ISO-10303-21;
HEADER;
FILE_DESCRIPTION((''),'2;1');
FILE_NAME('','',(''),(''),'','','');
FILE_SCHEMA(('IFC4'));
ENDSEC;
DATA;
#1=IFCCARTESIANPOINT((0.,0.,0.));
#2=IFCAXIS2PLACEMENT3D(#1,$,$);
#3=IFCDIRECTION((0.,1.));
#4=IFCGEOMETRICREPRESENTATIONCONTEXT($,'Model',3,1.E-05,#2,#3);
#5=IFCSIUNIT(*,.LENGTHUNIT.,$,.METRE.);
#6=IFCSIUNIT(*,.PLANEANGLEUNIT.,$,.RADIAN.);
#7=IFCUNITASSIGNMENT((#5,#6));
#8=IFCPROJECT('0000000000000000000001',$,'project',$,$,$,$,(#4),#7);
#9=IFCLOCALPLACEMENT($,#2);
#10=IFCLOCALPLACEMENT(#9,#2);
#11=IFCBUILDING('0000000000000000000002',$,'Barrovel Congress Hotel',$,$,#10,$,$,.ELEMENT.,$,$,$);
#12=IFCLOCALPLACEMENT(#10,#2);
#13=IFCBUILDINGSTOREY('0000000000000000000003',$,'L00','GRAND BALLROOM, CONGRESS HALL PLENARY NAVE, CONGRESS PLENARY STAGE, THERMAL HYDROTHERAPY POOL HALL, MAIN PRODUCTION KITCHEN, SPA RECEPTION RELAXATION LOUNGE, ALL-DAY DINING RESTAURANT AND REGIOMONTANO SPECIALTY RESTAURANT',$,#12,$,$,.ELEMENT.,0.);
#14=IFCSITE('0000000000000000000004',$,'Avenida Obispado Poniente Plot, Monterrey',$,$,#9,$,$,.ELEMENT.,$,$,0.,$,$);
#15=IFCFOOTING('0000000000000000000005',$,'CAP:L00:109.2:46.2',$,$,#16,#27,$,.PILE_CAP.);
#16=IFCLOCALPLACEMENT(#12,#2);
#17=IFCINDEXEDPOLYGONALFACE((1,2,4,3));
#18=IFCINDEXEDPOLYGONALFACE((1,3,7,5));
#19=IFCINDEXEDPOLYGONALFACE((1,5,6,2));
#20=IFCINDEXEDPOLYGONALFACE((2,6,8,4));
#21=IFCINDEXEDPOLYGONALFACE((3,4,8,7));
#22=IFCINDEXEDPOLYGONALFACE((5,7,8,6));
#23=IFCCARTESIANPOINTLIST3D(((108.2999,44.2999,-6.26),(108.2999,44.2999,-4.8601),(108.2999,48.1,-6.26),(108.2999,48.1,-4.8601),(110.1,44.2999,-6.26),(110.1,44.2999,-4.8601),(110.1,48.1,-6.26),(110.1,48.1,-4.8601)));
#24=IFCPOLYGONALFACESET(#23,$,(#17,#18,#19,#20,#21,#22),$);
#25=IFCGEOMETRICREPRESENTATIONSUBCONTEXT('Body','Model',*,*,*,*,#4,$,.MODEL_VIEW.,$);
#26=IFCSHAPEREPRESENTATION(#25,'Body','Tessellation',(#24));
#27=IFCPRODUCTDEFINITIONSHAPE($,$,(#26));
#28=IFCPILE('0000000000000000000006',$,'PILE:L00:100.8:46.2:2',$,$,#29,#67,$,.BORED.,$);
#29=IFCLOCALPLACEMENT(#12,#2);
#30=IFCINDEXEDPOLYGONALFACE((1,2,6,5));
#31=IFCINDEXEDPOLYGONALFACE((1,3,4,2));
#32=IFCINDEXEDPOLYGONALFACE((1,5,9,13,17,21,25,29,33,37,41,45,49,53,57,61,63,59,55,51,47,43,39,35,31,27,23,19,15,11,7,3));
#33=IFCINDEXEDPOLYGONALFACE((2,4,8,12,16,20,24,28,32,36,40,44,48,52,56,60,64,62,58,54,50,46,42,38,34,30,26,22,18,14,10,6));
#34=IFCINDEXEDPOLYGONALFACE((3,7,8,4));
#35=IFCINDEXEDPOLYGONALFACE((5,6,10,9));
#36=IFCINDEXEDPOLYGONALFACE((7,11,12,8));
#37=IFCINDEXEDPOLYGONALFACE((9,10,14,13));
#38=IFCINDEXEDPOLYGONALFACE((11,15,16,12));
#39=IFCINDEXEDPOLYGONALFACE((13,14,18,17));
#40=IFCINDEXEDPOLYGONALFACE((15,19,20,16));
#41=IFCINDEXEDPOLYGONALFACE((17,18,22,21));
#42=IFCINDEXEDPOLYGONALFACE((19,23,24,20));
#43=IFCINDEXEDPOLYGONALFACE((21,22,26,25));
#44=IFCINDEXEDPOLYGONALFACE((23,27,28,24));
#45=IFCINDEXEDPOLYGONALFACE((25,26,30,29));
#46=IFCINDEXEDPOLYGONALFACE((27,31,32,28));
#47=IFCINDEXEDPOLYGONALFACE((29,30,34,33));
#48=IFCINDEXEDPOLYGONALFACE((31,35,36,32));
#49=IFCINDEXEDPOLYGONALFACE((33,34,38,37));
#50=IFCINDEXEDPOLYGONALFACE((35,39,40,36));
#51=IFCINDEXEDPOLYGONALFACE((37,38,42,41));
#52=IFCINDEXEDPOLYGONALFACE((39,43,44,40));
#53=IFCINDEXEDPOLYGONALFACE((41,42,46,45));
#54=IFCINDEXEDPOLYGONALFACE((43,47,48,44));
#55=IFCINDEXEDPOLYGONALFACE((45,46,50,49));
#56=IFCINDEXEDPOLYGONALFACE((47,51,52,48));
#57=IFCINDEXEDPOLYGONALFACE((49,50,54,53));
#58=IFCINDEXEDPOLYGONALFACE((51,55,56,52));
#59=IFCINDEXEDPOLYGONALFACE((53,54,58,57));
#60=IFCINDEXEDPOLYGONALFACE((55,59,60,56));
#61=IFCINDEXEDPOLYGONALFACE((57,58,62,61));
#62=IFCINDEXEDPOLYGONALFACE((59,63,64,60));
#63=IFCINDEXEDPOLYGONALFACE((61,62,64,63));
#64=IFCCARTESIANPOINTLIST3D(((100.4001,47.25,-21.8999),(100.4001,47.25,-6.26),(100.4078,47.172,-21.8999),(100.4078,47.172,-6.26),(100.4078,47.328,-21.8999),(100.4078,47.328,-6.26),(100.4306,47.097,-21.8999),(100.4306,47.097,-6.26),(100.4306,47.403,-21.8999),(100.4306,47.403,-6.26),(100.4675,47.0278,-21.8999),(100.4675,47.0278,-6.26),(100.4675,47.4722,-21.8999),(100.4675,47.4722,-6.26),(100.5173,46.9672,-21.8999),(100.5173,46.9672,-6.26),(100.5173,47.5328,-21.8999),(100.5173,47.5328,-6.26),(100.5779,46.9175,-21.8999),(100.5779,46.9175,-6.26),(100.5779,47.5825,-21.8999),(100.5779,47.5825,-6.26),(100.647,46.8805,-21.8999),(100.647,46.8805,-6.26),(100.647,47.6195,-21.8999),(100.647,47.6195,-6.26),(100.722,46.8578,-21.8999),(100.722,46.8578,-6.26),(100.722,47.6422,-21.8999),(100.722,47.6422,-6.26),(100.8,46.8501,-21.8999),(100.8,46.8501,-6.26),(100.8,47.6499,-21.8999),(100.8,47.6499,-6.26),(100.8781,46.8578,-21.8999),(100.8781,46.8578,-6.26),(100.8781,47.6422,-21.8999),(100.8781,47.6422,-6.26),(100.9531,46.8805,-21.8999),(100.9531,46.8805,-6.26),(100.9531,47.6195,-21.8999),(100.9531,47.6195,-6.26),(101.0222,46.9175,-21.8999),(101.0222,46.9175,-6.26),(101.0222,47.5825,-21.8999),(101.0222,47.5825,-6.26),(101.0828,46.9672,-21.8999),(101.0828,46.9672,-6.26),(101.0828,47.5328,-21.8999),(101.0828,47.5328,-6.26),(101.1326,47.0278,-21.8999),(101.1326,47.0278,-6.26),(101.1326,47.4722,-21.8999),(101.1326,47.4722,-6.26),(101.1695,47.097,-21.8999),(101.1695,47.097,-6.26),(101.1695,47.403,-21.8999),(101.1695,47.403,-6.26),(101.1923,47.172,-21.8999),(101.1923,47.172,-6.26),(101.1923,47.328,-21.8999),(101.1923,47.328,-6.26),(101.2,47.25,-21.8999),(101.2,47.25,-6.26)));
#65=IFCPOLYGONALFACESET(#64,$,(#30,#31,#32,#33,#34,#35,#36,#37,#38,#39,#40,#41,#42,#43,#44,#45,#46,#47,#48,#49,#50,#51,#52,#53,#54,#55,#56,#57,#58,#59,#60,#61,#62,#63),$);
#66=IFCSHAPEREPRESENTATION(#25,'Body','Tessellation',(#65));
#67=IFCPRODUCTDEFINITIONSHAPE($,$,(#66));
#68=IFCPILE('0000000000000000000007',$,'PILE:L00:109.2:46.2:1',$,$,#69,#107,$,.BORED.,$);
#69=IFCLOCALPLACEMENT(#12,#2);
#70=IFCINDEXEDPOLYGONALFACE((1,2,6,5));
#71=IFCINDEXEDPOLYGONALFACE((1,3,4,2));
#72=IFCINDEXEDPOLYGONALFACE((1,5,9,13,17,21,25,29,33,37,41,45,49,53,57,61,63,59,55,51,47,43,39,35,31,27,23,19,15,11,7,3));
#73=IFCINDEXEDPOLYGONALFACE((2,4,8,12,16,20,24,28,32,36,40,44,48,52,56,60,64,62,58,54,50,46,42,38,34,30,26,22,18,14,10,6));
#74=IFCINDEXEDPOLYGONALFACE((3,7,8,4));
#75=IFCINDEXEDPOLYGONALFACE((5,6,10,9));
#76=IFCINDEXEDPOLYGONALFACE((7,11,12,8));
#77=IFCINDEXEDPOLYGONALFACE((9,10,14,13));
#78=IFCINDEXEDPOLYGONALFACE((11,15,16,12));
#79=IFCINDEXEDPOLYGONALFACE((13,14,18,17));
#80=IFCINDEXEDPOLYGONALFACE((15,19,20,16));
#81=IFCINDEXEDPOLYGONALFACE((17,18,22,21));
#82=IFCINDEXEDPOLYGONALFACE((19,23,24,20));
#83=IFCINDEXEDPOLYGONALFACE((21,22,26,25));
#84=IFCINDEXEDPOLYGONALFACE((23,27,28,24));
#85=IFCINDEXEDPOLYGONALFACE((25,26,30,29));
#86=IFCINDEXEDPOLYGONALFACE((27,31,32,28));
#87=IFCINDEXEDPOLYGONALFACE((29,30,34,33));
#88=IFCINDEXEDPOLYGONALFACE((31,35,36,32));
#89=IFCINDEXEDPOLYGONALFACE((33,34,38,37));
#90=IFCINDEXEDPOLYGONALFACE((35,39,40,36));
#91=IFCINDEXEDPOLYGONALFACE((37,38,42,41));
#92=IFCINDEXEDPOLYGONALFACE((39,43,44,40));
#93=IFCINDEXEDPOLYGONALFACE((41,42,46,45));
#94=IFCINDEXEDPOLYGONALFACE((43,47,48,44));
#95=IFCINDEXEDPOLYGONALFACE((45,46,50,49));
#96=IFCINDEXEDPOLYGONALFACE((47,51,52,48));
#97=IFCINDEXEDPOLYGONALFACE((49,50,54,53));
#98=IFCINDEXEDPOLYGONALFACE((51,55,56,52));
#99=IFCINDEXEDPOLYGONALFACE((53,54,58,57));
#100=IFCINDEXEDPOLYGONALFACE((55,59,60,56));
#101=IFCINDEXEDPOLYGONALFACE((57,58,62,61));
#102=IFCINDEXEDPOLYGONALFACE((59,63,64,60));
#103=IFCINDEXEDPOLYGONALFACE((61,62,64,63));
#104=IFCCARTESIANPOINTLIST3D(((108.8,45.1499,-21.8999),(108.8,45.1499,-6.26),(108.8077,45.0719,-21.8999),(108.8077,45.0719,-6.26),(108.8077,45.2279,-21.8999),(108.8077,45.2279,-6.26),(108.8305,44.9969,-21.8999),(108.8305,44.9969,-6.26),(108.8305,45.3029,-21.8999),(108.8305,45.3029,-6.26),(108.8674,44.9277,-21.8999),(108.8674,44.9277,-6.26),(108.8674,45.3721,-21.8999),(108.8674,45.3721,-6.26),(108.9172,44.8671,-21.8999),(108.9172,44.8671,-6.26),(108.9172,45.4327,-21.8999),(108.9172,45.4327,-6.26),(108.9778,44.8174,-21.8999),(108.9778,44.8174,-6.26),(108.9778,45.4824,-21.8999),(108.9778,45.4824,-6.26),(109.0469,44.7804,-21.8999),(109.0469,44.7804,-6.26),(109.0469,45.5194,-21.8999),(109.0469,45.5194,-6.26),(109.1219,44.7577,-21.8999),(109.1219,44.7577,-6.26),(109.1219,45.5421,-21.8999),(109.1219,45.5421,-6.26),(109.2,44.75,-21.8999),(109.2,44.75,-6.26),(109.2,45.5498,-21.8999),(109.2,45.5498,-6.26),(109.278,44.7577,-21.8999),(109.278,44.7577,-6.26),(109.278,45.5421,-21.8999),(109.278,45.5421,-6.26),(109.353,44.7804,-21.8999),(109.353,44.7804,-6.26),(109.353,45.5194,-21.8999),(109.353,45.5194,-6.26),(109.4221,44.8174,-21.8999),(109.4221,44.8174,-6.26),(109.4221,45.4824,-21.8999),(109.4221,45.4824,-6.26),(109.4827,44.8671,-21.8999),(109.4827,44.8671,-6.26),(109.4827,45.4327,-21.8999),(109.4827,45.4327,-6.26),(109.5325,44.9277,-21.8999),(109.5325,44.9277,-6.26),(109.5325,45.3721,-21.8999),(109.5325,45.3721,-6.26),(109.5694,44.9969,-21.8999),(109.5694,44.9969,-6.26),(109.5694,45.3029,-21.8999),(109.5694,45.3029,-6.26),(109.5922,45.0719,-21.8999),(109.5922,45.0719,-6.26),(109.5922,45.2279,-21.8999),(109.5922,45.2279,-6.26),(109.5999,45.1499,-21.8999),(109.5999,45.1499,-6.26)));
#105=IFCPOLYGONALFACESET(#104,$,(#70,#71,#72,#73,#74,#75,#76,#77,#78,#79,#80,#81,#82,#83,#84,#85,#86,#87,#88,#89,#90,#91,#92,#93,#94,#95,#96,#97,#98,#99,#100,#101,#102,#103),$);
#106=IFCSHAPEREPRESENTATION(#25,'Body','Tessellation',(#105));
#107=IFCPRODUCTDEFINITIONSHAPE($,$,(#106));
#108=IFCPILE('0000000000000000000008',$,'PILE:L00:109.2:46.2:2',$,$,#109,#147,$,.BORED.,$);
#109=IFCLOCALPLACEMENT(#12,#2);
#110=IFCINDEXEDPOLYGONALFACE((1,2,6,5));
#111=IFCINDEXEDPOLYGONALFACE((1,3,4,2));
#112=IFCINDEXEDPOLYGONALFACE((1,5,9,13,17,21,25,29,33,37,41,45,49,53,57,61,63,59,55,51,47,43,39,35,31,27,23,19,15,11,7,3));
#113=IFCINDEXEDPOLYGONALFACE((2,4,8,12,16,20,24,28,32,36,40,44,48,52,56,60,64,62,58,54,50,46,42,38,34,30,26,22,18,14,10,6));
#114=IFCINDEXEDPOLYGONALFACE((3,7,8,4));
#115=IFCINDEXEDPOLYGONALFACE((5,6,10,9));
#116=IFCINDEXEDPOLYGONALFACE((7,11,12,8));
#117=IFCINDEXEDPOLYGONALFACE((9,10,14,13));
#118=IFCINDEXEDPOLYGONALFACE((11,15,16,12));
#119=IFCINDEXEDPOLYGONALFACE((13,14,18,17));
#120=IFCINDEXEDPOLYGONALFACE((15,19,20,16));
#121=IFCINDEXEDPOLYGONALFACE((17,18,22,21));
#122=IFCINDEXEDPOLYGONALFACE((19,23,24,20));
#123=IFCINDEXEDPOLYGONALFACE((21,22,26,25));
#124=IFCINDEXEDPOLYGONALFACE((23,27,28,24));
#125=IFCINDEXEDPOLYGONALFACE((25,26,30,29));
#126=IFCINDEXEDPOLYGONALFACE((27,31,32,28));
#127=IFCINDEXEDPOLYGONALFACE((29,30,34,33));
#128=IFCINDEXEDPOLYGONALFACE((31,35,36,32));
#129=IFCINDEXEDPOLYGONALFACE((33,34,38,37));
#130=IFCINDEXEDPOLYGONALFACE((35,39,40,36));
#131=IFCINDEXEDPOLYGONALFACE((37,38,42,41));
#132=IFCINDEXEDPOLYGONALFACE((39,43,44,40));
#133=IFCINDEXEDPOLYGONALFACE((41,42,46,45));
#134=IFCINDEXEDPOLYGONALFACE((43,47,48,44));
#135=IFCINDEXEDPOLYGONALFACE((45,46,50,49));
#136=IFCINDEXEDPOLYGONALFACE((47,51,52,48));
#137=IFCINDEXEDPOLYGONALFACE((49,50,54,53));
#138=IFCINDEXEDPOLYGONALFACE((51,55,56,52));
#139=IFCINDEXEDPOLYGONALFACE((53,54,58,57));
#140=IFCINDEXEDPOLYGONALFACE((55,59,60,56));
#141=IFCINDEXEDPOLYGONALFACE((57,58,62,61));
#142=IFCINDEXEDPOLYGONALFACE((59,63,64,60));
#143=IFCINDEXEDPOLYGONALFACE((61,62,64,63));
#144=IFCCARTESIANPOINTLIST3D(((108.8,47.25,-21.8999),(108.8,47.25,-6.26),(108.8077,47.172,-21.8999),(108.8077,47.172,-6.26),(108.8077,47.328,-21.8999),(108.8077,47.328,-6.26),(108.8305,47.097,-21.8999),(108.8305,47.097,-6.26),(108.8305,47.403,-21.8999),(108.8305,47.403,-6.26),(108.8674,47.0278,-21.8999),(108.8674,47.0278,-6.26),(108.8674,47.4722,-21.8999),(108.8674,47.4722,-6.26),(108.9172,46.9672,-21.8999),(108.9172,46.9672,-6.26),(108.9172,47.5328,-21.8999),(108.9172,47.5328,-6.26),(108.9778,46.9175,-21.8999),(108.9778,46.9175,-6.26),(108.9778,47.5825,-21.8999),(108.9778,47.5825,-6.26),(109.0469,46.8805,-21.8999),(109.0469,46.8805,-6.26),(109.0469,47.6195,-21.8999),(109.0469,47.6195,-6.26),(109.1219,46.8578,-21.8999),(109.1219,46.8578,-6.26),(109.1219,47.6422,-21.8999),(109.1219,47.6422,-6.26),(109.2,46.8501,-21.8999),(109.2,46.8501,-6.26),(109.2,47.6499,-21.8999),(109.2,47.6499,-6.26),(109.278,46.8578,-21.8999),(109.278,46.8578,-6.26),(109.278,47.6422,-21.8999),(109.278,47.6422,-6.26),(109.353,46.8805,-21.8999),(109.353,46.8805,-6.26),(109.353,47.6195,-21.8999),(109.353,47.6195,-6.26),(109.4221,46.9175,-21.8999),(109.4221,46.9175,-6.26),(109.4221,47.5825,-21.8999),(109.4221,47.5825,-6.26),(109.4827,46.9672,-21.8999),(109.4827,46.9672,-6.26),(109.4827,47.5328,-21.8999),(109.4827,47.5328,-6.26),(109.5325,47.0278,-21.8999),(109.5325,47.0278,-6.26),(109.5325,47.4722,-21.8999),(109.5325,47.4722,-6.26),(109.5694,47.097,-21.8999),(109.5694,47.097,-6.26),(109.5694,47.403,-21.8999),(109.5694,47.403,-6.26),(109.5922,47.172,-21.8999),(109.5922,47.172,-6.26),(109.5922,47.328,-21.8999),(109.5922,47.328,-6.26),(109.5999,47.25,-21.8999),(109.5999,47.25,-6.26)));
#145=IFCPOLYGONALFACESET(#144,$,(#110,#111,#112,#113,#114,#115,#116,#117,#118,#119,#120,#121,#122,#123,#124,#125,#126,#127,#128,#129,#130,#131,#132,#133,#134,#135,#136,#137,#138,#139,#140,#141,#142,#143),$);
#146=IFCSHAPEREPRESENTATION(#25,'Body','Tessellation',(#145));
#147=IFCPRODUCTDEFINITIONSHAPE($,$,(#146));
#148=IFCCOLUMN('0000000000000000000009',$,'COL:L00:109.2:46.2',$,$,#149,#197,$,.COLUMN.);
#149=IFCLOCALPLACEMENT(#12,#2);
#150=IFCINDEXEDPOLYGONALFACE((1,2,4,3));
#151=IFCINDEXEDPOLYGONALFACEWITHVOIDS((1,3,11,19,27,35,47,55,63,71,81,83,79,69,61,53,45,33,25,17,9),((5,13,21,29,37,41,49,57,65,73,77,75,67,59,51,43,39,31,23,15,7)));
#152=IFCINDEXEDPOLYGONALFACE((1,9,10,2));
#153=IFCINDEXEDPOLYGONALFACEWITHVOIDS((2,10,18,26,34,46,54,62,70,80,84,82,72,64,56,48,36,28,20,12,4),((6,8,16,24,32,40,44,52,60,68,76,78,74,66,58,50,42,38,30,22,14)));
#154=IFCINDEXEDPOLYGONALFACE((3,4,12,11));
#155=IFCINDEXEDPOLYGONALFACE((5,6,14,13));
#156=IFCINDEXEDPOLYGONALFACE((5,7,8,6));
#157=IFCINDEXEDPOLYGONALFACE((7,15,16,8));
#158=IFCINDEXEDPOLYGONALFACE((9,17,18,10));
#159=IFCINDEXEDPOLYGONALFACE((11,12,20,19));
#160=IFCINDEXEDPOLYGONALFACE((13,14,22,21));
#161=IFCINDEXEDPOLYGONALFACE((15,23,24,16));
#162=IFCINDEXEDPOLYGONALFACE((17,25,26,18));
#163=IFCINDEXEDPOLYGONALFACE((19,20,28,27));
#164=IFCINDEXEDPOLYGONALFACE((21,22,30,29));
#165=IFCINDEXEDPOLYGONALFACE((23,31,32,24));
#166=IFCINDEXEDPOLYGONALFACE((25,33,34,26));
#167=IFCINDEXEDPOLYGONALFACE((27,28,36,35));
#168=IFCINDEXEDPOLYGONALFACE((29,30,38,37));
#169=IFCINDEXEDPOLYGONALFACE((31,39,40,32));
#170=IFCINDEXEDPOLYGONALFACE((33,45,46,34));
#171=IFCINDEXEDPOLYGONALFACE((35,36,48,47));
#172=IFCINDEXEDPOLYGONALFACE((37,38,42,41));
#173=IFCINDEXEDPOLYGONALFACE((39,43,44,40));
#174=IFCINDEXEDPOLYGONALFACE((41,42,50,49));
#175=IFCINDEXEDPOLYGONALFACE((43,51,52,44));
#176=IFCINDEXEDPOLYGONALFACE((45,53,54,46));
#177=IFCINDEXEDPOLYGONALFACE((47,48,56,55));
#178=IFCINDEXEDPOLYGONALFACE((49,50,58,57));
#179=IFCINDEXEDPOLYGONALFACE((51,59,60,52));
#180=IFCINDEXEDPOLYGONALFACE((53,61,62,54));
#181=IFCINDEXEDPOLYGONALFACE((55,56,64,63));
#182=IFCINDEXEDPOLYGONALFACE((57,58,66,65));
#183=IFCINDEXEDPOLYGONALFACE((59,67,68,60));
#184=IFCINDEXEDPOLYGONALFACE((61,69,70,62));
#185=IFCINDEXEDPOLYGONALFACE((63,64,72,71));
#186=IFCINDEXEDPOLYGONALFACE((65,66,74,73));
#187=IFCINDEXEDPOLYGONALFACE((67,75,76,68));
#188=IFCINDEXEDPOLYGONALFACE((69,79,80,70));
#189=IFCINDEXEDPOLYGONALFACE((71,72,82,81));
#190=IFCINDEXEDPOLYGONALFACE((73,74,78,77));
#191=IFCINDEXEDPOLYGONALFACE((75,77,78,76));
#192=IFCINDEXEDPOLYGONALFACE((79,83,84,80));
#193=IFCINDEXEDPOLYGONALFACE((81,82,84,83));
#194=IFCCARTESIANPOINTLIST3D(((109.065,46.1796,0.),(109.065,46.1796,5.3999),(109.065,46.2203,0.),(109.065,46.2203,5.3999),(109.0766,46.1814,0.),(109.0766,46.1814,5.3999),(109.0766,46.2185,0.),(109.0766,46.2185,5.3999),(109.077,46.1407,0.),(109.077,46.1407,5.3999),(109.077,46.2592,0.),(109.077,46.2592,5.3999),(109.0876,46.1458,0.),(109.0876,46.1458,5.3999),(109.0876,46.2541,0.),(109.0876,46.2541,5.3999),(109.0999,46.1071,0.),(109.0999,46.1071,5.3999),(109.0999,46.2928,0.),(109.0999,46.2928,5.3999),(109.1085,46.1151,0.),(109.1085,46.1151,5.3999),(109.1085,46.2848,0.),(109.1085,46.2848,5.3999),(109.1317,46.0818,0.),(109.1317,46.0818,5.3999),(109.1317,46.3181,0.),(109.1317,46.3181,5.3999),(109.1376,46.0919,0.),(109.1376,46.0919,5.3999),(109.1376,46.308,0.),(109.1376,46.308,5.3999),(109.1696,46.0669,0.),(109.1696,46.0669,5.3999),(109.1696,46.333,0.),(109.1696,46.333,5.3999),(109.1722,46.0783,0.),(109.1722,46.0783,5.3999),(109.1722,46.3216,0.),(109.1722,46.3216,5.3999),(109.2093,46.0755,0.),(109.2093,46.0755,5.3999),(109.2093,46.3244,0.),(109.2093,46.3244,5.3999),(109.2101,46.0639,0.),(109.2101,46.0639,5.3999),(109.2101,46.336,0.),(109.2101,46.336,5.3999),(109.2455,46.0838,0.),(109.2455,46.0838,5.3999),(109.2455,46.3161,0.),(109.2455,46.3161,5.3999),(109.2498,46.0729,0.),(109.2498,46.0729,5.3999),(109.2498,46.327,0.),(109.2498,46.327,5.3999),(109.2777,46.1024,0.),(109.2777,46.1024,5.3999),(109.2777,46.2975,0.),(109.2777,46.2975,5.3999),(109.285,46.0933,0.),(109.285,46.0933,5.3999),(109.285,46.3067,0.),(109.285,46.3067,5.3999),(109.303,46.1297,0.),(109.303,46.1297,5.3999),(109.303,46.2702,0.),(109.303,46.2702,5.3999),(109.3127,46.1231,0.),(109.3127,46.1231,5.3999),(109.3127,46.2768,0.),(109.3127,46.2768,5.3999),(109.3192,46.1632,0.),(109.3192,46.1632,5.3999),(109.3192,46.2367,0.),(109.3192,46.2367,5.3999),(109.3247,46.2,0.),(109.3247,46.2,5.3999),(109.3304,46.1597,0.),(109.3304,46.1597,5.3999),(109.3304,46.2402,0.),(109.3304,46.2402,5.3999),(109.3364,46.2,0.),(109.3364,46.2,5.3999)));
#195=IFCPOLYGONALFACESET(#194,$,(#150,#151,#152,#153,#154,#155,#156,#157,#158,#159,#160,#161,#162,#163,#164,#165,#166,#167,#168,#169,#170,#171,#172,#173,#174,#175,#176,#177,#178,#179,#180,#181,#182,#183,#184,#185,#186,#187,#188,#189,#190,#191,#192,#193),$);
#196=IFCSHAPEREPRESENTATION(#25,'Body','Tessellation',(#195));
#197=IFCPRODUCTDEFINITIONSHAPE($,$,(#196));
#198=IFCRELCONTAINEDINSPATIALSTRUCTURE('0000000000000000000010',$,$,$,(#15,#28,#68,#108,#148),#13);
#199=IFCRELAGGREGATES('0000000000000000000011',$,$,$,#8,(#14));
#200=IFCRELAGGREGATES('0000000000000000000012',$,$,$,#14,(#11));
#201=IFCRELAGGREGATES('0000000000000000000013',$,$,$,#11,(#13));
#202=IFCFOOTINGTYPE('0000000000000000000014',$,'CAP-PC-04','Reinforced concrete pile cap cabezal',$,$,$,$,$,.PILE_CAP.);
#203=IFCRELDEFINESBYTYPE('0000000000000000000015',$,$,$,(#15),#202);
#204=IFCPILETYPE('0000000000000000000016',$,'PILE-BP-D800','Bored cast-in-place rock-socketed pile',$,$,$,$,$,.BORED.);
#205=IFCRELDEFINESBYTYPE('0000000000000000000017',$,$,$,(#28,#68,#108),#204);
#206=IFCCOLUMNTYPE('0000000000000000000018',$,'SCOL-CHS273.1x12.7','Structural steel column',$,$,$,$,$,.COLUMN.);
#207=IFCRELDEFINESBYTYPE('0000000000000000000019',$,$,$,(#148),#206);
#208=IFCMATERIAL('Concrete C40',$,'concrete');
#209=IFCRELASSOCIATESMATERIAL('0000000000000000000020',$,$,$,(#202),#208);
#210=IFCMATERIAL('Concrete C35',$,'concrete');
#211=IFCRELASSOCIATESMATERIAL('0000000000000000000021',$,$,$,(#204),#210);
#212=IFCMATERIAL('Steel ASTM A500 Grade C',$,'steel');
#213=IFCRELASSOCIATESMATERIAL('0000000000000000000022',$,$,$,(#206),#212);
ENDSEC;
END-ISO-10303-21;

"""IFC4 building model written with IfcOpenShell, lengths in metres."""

from ifc_helpers import new_model, si_unit, direction, frame, origin, origin_2d, place, context, subcontext, project, spatial, rectangle, circle, hollow_circle, extrude, material, material_profile, profile_set, type_object, element, save


model = new_model("IFC4")

# Units and contexts
model_context = context("Model", 3, precision=1e-05, world=origin(), true_north=direction((0.0, 1.0)))
body_context = subcontext(model_context, "Body", "Model", "MODEL_VIEW")
ifc_project = project(units=[si_unit("LENGTHUNIT", "METRE"), si_unit("PLANEANGLEUNIT", "RADIAN")], contexts=[model_context])

# Site, building, storey
site_placement = place(None, origin())
site = spatial("IfcSite", under=ifc_project, at=site_placement, Name="Avenida Obispado Poniente Plot, Monterrey", CompositionType="ELEMENT", RefElevation=0.0)
building_placement = place(site_placement, origin())
building = spatial("IfcBuilding", under=site, at=building_placement, Name="Barrovel Congress Hotel", CompositionType="ELEMENT")
storey_placement = place(building_placement, origin())
storey = spatial("IfcBuildingStorey", under=building, at=storey_placement, Name="L00", Description="GRAND BALLROOM, CONGRESS HALL PLENARY NAVE, CONGRESS PLENARY STAGE, THERMAL HYDROTHERAPY POOL HALL, MAIN PRODUCTION KITCHEN, SPA RECEPTION RELAXATION LOUNGE, ALL-DAY DINING RESTAURANT AND REGIOMONTANO SPECIALTY RESTAURANT", CompositionType="ELEMENT", Elevation=0.0)

# Footing
ifc_material_1 = material(Name="Concrete C40", Category="concrete")
footing_type = type_object("IfcFootingType", Name="CAP-PC-04", Description="Reinforced concrete pile cap cabezal", PredefinedType="PILE_CAP", material=ifc_material_1)
footing_placement = place(storey_placement, frame((109.2, 46.2, -6.26), z_axis=(0.0, 0.0, 1.0), x_axis=(1.0, 0.0, 0.0)))
element("IfcFooting", 1, at=footing_placement, inside=storey, type_object=footing_type, Name="CAP:L00:109.2:46.2", PredefinedType="PILE_CAP", context=body_context, shape_type="SweptSolid", body=[
    extrude(rectangle(XDim=1.8, YDim=3.8, at=origin_2d()), origin(), (0.0, 0.0, 1.0), 1.3999),
])

# Piles
ifc_material_2 = material(Name="Concrete C35", Category="concrete")
ifc_material_profile_1 = material_profile(ifc_material_2, circle(Radius=0.3999, at=origin_2d()), Name="BP-D800")
ifc_profile_set_1 = profile_set([ifc_material_profile_1], Name="Concrete C35")
pile_type = type_object("IfcPileType", Name="PILE-BP-D800", Description="Bored cast-in-place rock-socketed pile", PredefinedType="BORED", material=ifc_profile_set_1)
for number, where, z_axis, x_axis, name in (
    (2, (100.8, 47.25, -6.26), (0.0, 0.0, -1.0), (1.0, 0.0, 0.0), "PILE:L00:100.8:46.2:2"),
    (3, (109.2, 45.1499, -6.26), (0.0, 0.0, -1.0), (1.0, 0.0, 0.0), "PILE:L00:109.2:46.2:1"),
    (4, (109.2, 47.25, -6.26), (0.0, 0.0, -1.0), (1.0, 0.0, 0.0), "PILE:L00:109.2:46.2:2"),
):
    element("IfcPile", number, at=place(storey_placement, frame(where, z_axis=z_axis, x_axis=x_axis)), inside=storey, type_object=pile_type, Name=name, PredefinedType="BORED", context=body_context, shape_type="SweptSolid", body=[
        extrude(circle(Radius=0.3999, at=origin_2d()), origin(), (0.0, 0.0, 1.0), 15.6399),
    ])

# Column
ifc_material_3 = material(Name="Steel ASTM A500 Grade C", Category="steel")
ifc_material_profile_2 = material_profile(ifc_material_3, hollow_circle(Radius=0.1365, WallThickness=0.0117, at=origin_2d()), Name="CHS273.1x12.7")
ifc_profile_set_2 = profile_set([ifc_material_profile_2], Name="Steel ASTM A500 Grade C")
column_type = type_object("IfcColumnType", Name="SCOL-CHS273.1x12.7", Description="Structural steel column", PredefinedType="COLUMN", material=ifc_profile_set_2)
column_placement = place(storey_placement, frame((109.2, 46.2, 0.0), z_axis=(0.0, 0.0, 1.0), x_axis=(1.0, 0.0, 0.0)))
element("IfcColumn", 5, at=column_placement, inside=storey, type_object=column_type, Name="COL:L00:109.2:46.2", PredefinedType="COLUMN", context=body_context, shape_type="SweptSolid", body=[
    extrude(hollow_circle(Radius=0.1365, WallThickness=0.0117, at=origin_2d()), origin(), (0.0, 0.0, 1.0), 5.3999),
])

save(model, "model.ifc")
